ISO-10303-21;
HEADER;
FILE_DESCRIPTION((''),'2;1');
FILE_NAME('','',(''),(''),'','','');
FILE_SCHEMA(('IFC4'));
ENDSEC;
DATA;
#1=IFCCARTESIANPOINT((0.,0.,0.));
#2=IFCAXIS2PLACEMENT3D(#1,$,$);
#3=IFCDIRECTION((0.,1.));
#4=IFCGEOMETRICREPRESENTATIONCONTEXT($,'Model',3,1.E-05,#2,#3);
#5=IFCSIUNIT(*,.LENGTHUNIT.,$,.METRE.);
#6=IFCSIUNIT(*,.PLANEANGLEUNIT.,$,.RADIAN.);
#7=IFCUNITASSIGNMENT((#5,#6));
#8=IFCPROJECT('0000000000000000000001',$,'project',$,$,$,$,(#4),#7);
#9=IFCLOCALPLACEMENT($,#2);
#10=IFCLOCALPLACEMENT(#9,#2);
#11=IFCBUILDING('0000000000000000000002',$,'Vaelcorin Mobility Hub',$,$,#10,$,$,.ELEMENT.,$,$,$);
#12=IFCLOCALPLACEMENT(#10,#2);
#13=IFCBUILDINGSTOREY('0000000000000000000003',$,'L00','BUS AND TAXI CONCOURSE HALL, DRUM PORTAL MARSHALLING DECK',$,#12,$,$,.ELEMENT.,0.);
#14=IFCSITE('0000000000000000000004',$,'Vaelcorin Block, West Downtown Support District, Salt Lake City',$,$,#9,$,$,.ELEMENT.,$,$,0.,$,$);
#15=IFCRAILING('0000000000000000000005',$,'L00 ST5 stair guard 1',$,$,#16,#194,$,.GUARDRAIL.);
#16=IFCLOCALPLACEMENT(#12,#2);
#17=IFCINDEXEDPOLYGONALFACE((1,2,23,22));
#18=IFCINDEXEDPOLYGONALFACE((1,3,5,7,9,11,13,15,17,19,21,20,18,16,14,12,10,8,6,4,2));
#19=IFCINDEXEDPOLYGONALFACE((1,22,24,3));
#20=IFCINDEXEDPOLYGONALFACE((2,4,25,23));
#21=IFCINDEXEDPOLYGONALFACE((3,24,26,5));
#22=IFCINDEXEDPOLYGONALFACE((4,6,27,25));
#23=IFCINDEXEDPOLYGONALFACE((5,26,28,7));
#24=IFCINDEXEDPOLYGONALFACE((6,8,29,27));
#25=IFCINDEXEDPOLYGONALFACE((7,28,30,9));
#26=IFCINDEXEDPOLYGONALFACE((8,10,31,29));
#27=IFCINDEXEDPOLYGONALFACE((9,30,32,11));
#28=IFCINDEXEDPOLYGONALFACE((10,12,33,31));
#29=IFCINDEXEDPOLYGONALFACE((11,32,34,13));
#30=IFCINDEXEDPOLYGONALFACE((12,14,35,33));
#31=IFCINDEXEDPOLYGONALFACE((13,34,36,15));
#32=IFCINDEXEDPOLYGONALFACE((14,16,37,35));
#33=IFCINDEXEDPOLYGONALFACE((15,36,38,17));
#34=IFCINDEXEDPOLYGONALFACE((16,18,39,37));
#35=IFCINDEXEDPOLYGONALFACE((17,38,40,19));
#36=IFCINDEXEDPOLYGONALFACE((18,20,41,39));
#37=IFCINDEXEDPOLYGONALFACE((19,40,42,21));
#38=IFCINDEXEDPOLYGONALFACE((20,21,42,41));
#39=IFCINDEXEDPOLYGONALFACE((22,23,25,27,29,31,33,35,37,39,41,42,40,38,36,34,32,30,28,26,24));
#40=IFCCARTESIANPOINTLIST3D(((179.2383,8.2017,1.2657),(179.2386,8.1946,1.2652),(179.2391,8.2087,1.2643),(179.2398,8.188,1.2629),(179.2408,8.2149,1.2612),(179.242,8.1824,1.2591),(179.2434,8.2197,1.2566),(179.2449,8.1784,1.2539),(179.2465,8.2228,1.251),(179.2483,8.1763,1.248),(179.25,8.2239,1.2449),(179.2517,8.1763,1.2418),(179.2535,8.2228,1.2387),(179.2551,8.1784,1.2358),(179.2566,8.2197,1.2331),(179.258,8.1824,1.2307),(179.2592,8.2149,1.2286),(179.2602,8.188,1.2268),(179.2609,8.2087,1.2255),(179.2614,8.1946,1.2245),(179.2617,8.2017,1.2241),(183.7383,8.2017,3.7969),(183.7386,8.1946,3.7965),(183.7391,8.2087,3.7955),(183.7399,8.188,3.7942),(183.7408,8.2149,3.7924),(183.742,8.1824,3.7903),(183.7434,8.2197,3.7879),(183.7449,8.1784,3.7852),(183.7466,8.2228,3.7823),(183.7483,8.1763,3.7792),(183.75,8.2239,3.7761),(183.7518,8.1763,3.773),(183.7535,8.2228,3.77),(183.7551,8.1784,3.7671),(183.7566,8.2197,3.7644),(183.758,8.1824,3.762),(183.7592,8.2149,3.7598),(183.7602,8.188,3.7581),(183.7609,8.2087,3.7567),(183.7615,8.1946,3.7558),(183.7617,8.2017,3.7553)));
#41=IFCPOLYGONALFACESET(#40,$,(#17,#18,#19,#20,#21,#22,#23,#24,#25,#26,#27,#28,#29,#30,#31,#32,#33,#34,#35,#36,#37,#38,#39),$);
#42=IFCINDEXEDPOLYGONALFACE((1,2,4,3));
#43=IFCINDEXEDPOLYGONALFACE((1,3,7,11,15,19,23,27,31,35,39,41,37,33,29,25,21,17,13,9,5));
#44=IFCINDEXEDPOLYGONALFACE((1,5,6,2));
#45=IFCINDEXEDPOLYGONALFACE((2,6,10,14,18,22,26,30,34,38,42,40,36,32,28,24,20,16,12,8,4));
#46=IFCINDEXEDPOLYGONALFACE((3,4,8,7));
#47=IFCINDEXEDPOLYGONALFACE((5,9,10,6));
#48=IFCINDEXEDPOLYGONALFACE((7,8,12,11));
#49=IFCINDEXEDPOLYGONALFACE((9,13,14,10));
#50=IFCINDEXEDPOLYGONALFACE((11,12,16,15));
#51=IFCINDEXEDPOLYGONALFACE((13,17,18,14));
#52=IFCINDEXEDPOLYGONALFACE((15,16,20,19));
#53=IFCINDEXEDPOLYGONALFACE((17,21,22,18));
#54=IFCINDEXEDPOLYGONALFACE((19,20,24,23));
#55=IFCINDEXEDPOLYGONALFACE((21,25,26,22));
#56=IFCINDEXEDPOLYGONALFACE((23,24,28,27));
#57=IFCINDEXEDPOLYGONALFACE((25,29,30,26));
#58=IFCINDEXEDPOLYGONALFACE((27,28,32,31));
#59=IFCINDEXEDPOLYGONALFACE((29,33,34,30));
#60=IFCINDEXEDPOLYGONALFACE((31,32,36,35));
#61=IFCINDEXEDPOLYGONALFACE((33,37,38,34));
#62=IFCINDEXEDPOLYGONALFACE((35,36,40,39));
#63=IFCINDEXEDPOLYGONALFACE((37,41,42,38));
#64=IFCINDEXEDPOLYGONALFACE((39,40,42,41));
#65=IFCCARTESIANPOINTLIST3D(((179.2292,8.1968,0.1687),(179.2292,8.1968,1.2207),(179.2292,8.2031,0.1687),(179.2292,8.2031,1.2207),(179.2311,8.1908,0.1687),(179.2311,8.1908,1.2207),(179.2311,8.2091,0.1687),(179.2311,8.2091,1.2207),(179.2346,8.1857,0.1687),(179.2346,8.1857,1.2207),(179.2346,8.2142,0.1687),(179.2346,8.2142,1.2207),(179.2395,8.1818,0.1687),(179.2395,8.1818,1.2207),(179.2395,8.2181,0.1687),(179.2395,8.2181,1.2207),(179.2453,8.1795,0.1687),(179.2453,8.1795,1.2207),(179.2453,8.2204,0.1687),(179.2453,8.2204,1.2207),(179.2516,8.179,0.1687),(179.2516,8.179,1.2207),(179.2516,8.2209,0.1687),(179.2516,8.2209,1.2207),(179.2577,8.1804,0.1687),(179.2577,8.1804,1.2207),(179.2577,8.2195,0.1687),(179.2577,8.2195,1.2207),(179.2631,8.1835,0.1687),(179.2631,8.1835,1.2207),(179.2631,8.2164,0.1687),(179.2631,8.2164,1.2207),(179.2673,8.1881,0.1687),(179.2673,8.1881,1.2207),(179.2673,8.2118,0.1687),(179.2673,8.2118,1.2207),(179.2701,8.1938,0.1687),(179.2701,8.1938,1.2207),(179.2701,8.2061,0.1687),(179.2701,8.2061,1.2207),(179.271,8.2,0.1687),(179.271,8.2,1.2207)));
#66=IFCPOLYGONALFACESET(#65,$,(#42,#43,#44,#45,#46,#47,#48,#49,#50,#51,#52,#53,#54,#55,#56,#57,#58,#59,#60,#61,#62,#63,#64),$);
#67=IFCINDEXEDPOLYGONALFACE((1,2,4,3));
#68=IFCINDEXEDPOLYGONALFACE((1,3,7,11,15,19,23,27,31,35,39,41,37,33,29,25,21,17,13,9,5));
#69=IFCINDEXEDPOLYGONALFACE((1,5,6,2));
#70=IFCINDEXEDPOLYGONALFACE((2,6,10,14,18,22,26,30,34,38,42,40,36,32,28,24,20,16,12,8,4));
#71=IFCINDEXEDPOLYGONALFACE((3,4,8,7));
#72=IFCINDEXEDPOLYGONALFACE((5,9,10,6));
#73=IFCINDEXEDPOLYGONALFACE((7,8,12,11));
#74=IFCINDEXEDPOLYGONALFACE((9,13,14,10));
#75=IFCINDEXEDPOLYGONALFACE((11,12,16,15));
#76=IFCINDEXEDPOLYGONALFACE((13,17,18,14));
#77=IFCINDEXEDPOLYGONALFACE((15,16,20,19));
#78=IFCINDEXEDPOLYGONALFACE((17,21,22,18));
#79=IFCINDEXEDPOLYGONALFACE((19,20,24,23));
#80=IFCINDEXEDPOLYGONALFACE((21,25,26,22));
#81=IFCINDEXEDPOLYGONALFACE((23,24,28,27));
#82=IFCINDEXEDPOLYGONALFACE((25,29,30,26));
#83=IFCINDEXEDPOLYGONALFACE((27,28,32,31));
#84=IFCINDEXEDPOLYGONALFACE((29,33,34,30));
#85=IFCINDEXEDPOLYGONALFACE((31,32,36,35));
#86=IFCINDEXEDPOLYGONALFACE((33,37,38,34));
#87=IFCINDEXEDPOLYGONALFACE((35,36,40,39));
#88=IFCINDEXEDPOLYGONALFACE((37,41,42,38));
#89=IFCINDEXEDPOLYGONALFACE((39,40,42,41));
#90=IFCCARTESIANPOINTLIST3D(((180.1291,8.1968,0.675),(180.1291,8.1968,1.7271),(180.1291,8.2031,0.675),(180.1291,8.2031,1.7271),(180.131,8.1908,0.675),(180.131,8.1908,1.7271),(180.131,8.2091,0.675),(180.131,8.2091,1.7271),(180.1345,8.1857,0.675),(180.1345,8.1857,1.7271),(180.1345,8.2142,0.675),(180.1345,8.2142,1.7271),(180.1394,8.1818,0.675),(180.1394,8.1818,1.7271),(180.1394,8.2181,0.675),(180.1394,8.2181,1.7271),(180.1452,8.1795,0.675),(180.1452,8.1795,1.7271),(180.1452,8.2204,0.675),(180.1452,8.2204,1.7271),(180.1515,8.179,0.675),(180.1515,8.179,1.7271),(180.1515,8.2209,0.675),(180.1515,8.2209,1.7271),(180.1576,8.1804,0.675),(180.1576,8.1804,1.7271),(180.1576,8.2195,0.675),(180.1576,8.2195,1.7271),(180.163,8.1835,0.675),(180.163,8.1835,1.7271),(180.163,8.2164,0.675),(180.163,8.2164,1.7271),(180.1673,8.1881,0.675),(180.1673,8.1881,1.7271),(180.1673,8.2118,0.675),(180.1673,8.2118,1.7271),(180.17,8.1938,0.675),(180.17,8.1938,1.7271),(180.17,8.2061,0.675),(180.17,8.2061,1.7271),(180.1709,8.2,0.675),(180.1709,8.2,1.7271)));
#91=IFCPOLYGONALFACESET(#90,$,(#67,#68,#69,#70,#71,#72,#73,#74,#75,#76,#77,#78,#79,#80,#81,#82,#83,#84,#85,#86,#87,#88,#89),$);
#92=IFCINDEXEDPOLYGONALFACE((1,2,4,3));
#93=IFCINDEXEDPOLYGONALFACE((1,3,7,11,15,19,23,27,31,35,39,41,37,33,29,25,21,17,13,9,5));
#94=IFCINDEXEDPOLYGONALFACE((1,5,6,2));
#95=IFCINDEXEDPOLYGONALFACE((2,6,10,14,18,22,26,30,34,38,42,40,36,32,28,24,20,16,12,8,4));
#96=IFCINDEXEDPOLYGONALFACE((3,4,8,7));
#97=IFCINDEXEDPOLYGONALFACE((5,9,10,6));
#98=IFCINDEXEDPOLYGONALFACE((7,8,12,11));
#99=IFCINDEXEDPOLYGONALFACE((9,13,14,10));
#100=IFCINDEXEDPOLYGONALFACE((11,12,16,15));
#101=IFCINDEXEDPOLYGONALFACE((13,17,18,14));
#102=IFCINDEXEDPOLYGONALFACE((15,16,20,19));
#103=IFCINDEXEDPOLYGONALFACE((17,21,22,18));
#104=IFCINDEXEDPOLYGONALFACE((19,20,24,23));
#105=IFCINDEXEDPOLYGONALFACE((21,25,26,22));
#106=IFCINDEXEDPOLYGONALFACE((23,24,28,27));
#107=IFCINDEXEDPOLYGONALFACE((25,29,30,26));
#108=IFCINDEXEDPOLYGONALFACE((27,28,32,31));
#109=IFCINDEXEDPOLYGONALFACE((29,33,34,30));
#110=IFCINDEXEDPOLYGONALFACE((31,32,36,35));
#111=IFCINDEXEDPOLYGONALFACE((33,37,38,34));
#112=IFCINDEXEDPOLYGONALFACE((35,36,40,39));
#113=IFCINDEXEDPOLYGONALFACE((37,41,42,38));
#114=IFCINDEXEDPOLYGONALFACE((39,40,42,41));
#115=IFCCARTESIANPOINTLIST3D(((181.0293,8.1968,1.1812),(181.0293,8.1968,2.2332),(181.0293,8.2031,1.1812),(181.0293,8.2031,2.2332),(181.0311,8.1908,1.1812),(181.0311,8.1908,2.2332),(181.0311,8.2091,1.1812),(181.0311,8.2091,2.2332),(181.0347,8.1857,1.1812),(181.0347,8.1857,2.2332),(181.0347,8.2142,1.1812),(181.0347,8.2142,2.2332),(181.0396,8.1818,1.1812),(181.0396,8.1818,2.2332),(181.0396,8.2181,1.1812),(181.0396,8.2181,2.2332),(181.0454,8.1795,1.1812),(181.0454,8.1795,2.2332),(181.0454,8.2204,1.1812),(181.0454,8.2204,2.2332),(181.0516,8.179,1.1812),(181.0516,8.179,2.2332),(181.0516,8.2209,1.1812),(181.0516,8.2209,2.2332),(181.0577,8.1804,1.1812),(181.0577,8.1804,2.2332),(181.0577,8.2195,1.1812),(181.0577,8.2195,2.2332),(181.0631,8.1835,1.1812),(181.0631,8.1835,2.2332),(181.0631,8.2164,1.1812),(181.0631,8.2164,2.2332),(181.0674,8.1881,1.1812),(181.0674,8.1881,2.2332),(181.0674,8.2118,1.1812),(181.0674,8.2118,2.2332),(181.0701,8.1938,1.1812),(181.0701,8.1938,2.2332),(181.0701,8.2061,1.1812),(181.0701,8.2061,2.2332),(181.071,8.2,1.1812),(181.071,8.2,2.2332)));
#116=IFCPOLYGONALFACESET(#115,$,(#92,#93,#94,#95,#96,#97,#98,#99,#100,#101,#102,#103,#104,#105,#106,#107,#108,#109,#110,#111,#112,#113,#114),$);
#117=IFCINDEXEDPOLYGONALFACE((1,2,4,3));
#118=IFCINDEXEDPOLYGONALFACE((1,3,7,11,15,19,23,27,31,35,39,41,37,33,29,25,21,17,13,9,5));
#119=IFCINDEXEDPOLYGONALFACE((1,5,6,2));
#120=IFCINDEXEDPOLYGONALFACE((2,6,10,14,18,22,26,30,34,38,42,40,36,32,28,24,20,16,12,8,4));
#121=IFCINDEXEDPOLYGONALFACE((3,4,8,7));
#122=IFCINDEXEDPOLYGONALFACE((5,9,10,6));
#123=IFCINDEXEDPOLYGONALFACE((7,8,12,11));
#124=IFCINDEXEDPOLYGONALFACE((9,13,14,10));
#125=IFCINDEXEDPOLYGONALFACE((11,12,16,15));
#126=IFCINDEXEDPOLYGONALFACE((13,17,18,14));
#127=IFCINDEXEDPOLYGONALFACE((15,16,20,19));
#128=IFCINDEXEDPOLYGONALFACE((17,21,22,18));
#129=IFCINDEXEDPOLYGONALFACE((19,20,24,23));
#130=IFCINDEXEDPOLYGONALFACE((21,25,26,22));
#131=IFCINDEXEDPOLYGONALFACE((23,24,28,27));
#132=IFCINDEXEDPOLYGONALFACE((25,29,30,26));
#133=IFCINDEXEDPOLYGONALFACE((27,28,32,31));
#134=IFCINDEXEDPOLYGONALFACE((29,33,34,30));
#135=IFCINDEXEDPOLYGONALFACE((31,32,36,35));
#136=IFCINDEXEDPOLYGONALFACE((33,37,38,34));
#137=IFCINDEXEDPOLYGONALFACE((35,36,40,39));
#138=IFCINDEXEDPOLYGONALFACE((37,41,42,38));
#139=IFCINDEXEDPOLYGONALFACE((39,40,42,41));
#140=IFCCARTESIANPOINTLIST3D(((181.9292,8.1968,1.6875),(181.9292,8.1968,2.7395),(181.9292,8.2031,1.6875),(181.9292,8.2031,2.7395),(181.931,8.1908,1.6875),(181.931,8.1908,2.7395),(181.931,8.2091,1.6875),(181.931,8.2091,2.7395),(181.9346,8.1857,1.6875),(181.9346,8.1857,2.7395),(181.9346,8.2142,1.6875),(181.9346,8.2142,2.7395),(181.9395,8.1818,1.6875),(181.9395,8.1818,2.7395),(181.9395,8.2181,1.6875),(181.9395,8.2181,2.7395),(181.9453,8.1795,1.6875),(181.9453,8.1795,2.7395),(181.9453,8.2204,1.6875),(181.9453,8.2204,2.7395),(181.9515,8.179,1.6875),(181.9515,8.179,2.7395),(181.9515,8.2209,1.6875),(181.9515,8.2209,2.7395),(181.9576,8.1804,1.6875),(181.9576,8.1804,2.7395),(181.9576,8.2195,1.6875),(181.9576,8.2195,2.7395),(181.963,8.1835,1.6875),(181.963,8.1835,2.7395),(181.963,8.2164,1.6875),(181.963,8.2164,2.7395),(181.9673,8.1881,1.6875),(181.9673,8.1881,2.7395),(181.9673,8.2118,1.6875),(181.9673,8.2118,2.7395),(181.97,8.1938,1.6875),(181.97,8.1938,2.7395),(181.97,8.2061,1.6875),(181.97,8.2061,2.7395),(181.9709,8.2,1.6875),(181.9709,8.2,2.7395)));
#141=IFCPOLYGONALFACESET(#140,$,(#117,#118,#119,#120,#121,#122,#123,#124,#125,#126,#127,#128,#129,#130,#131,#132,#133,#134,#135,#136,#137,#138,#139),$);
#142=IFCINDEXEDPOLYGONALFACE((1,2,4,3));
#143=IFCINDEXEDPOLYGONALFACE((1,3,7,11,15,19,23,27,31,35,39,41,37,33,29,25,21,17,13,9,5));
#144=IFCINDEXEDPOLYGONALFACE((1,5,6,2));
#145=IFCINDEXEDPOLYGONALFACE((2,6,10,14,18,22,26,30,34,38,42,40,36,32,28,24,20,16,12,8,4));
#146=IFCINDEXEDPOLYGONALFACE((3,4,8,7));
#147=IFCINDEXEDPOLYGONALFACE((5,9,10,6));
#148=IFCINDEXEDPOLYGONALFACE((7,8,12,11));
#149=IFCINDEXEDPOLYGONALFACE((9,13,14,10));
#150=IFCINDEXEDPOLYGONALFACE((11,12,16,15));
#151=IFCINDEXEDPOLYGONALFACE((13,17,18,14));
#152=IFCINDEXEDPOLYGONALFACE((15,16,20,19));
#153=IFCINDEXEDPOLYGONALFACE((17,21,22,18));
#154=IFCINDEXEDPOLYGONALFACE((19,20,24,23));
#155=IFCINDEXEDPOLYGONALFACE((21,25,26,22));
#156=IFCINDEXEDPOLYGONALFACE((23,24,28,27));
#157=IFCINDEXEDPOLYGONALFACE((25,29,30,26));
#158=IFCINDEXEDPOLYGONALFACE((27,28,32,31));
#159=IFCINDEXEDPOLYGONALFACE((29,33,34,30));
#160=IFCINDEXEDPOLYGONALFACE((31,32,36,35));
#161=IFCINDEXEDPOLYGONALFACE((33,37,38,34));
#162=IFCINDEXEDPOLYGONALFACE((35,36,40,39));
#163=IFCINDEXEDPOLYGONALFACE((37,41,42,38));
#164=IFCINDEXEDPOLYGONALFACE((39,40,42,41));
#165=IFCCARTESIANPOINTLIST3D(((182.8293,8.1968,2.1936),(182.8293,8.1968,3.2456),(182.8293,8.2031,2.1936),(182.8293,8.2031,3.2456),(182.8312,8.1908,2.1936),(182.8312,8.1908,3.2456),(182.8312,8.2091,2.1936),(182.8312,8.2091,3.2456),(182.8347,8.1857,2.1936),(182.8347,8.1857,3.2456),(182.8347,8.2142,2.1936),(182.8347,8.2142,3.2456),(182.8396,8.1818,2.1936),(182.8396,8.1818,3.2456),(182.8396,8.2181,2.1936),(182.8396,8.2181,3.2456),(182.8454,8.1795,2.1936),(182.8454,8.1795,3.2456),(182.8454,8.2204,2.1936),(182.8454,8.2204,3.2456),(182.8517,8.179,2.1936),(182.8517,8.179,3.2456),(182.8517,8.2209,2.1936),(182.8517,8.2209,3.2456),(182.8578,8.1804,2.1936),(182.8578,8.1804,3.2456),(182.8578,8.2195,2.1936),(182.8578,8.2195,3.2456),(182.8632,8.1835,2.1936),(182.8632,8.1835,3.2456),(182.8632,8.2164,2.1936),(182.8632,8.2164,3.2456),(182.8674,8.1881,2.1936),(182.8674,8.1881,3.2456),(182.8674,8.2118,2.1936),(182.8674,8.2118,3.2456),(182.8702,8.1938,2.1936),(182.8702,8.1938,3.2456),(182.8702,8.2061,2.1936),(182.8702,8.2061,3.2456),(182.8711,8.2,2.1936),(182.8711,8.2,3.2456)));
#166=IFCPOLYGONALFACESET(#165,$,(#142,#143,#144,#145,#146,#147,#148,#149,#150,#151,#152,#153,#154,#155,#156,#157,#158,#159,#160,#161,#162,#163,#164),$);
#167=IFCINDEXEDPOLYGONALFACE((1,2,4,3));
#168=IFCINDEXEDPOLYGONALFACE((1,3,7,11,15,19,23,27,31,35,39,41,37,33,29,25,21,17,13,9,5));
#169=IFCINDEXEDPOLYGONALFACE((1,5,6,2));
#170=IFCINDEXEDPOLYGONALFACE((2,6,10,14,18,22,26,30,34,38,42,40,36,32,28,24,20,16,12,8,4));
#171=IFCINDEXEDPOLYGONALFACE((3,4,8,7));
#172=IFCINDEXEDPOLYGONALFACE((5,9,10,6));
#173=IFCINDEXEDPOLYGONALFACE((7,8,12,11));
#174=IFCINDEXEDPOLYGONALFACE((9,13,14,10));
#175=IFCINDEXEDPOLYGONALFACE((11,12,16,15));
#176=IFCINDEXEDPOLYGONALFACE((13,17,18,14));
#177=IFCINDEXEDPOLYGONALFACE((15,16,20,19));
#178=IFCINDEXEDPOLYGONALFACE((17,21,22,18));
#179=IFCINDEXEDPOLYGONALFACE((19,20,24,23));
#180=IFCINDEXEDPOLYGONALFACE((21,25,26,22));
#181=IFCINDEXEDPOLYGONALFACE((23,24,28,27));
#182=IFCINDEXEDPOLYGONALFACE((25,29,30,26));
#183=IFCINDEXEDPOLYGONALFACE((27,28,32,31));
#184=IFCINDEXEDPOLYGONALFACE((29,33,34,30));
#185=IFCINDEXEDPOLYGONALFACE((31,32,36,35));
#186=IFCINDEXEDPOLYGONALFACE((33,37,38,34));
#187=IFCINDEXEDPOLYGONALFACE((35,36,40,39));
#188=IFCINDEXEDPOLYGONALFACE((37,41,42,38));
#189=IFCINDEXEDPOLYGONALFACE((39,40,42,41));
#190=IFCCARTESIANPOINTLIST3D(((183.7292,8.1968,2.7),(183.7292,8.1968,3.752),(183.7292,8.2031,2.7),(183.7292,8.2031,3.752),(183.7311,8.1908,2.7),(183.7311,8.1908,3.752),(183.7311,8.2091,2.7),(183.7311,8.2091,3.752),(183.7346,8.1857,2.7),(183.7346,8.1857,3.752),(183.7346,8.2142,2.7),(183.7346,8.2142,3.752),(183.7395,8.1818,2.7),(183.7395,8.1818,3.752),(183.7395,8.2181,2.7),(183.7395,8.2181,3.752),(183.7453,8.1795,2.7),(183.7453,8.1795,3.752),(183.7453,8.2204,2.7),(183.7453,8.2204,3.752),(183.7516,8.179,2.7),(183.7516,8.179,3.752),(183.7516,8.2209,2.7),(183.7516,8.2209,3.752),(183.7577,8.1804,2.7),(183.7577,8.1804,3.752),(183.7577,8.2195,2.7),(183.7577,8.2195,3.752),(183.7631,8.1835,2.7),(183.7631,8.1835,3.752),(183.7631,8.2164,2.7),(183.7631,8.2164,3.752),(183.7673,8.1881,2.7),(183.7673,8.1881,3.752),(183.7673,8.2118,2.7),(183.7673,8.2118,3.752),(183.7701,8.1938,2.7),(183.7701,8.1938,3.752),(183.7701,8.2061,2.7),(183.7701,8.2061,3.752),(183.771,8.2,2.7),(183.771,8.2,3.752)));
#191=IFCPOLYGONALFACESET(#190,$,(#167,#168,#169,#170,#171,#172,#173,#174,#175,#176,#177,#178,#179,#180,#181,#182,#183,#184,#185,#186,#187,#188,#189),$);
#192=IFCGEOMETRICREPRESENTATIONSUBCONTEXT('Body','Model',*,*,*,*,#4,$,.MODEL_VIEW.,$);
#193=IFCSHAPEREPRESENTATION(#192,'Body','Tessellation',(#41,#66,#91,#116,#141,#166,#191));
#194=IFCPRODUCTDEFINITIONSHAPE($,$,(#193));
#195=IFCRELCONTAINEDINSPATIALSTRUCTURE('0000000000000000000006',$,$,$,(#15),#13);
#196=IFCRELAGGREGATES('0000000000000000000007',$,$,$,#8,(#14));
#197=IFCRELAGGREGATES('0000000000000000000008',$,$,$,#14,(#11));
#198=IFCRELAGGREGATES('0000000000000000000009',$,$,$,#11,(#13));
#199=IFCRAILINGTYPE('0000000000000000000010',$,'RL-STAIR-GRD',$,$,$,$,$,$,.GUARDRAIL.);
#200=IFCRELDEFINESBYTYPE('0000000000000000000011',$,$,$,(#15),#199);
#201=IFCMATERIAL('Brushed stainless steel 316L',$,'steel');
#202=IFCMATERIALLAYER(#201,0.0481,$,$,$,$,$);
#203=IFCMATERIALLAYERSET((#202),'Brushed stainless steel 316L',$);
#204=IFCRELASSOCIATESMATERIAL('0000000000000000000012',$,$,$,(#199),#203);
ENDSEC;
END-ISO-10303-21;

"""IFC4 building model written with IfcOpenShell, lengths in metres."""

from ifc_helpers import new_model, si_unit, direction, frame, origin, origin_2d, place, context, subcontext, project, spatial, circle, extrude, material, layer, layer_set, type_object, element, save


model = new_model("IFC4")

# Units and contexts
model_context = context("Model", 3, precision=1e-05, world=origin(), true_north=direction((0.0, 1.0)))
body_context = subcontext(model_context, "Body", "Model", "MODEL_VIEW")
ifc_project = project(units=[si_unit("LENGTHUNIT", "METRE"), si_unit("PLANEANGLEUNIT", "RADIAN")], contexts=[model_context])

# Site, building, storey
site_placement = place(None, origin())
site = spatial("IfcSite", under=ifc_project, at=site_placement, Name="Vaelcorin Block, West Downtown Support District, Salt Lake City", CompositionType="ELEMENT", RefElevation=0.0)
building_placement = place(site_placement, origin())
building = spatial("IfcBuilding", under=site, at=building_placement, Name="Vaelcorin Mobility Hub", CompositionType="ELEMENT")
storey_placement = place(building_placement, origin())
storey = spatial("IfcBuildingStorey", under=building, at=storey_placement, Name="L00", Description="BUS AND TAXI CONCOURSE HALL, DRUM PORTAL MARSHALLING DECK", CompositionType="ELEMENT", Elevation=0.0)

# Railing
ifc_material_1 = material(Name="Brushed stainless steel 316L", Category="steel")
ifc_layer_1 = layer(ifc_material_1, 0.0481)
ifc_layer_set_1 = layer_set([ifc_layer_1], Name="Brushed stainless steel 316L")
railing_type_1 = type_object("IfcRailingType", Name="RL-STAIR-GRD", PredefinedType="GUARDRAIL", material=ifc_layer_set_1)
railing_1_placement = place(storey_placement, frame((179.25, 8.2, 0.1687)))
element("IfcRailing", 1, at=railing_1_placement, inside=storey, type_object=railing_type_1, Name="L00 ST5 stair guard 1", PredefinedType="GUARDRAIL", context=body_context, shape_type="SweptSolid", body=[
    extrude(circle(Radius=0.0239, at=origin_2d()), frame((0.0, 0.0, 1.0762), z_axis=(0.871576, 0.0, 0.490261), x_axis=(0.0, 1.0, 0.0)), (0.0, 0.0, 1.0), 5.1631),
    extrude(circle(Radius=0.021, at=origin_2d()), origin(), (0.0, 0.0, 1.0), 1.052),
    extrude(circle(Radius=0.021, at=origin_2d()), frame((0.8999, 0.0, 0.5063)), (0.0, 0.0, 1.0), 1.052),
    extrude(circle(Radius=0.021, at=origin_2d()), frame((1.8, 0.0, 1.0125)), (0.0, 0.0, 1.0), 1.052),
    extrude(circle(Radius=0.021, at=origin_2d()), frame((2.7, 0.0, 1.5188)), (0.0, 0.0, 1.0), 1.052),
    extrude(circle(Radius=0.021, at=origin_2d()), frame((3.6001, 0.0, 2.0249)), (0.0, 0.0, 1.0), 1.052),
    extrude(circle(Radius=0.021, at=origin_2d()), frame((4.5, 0.0, 2.5312)), (0.0, 0.0, 1.0), 1.052),
])

save(model, "model.ifc")
